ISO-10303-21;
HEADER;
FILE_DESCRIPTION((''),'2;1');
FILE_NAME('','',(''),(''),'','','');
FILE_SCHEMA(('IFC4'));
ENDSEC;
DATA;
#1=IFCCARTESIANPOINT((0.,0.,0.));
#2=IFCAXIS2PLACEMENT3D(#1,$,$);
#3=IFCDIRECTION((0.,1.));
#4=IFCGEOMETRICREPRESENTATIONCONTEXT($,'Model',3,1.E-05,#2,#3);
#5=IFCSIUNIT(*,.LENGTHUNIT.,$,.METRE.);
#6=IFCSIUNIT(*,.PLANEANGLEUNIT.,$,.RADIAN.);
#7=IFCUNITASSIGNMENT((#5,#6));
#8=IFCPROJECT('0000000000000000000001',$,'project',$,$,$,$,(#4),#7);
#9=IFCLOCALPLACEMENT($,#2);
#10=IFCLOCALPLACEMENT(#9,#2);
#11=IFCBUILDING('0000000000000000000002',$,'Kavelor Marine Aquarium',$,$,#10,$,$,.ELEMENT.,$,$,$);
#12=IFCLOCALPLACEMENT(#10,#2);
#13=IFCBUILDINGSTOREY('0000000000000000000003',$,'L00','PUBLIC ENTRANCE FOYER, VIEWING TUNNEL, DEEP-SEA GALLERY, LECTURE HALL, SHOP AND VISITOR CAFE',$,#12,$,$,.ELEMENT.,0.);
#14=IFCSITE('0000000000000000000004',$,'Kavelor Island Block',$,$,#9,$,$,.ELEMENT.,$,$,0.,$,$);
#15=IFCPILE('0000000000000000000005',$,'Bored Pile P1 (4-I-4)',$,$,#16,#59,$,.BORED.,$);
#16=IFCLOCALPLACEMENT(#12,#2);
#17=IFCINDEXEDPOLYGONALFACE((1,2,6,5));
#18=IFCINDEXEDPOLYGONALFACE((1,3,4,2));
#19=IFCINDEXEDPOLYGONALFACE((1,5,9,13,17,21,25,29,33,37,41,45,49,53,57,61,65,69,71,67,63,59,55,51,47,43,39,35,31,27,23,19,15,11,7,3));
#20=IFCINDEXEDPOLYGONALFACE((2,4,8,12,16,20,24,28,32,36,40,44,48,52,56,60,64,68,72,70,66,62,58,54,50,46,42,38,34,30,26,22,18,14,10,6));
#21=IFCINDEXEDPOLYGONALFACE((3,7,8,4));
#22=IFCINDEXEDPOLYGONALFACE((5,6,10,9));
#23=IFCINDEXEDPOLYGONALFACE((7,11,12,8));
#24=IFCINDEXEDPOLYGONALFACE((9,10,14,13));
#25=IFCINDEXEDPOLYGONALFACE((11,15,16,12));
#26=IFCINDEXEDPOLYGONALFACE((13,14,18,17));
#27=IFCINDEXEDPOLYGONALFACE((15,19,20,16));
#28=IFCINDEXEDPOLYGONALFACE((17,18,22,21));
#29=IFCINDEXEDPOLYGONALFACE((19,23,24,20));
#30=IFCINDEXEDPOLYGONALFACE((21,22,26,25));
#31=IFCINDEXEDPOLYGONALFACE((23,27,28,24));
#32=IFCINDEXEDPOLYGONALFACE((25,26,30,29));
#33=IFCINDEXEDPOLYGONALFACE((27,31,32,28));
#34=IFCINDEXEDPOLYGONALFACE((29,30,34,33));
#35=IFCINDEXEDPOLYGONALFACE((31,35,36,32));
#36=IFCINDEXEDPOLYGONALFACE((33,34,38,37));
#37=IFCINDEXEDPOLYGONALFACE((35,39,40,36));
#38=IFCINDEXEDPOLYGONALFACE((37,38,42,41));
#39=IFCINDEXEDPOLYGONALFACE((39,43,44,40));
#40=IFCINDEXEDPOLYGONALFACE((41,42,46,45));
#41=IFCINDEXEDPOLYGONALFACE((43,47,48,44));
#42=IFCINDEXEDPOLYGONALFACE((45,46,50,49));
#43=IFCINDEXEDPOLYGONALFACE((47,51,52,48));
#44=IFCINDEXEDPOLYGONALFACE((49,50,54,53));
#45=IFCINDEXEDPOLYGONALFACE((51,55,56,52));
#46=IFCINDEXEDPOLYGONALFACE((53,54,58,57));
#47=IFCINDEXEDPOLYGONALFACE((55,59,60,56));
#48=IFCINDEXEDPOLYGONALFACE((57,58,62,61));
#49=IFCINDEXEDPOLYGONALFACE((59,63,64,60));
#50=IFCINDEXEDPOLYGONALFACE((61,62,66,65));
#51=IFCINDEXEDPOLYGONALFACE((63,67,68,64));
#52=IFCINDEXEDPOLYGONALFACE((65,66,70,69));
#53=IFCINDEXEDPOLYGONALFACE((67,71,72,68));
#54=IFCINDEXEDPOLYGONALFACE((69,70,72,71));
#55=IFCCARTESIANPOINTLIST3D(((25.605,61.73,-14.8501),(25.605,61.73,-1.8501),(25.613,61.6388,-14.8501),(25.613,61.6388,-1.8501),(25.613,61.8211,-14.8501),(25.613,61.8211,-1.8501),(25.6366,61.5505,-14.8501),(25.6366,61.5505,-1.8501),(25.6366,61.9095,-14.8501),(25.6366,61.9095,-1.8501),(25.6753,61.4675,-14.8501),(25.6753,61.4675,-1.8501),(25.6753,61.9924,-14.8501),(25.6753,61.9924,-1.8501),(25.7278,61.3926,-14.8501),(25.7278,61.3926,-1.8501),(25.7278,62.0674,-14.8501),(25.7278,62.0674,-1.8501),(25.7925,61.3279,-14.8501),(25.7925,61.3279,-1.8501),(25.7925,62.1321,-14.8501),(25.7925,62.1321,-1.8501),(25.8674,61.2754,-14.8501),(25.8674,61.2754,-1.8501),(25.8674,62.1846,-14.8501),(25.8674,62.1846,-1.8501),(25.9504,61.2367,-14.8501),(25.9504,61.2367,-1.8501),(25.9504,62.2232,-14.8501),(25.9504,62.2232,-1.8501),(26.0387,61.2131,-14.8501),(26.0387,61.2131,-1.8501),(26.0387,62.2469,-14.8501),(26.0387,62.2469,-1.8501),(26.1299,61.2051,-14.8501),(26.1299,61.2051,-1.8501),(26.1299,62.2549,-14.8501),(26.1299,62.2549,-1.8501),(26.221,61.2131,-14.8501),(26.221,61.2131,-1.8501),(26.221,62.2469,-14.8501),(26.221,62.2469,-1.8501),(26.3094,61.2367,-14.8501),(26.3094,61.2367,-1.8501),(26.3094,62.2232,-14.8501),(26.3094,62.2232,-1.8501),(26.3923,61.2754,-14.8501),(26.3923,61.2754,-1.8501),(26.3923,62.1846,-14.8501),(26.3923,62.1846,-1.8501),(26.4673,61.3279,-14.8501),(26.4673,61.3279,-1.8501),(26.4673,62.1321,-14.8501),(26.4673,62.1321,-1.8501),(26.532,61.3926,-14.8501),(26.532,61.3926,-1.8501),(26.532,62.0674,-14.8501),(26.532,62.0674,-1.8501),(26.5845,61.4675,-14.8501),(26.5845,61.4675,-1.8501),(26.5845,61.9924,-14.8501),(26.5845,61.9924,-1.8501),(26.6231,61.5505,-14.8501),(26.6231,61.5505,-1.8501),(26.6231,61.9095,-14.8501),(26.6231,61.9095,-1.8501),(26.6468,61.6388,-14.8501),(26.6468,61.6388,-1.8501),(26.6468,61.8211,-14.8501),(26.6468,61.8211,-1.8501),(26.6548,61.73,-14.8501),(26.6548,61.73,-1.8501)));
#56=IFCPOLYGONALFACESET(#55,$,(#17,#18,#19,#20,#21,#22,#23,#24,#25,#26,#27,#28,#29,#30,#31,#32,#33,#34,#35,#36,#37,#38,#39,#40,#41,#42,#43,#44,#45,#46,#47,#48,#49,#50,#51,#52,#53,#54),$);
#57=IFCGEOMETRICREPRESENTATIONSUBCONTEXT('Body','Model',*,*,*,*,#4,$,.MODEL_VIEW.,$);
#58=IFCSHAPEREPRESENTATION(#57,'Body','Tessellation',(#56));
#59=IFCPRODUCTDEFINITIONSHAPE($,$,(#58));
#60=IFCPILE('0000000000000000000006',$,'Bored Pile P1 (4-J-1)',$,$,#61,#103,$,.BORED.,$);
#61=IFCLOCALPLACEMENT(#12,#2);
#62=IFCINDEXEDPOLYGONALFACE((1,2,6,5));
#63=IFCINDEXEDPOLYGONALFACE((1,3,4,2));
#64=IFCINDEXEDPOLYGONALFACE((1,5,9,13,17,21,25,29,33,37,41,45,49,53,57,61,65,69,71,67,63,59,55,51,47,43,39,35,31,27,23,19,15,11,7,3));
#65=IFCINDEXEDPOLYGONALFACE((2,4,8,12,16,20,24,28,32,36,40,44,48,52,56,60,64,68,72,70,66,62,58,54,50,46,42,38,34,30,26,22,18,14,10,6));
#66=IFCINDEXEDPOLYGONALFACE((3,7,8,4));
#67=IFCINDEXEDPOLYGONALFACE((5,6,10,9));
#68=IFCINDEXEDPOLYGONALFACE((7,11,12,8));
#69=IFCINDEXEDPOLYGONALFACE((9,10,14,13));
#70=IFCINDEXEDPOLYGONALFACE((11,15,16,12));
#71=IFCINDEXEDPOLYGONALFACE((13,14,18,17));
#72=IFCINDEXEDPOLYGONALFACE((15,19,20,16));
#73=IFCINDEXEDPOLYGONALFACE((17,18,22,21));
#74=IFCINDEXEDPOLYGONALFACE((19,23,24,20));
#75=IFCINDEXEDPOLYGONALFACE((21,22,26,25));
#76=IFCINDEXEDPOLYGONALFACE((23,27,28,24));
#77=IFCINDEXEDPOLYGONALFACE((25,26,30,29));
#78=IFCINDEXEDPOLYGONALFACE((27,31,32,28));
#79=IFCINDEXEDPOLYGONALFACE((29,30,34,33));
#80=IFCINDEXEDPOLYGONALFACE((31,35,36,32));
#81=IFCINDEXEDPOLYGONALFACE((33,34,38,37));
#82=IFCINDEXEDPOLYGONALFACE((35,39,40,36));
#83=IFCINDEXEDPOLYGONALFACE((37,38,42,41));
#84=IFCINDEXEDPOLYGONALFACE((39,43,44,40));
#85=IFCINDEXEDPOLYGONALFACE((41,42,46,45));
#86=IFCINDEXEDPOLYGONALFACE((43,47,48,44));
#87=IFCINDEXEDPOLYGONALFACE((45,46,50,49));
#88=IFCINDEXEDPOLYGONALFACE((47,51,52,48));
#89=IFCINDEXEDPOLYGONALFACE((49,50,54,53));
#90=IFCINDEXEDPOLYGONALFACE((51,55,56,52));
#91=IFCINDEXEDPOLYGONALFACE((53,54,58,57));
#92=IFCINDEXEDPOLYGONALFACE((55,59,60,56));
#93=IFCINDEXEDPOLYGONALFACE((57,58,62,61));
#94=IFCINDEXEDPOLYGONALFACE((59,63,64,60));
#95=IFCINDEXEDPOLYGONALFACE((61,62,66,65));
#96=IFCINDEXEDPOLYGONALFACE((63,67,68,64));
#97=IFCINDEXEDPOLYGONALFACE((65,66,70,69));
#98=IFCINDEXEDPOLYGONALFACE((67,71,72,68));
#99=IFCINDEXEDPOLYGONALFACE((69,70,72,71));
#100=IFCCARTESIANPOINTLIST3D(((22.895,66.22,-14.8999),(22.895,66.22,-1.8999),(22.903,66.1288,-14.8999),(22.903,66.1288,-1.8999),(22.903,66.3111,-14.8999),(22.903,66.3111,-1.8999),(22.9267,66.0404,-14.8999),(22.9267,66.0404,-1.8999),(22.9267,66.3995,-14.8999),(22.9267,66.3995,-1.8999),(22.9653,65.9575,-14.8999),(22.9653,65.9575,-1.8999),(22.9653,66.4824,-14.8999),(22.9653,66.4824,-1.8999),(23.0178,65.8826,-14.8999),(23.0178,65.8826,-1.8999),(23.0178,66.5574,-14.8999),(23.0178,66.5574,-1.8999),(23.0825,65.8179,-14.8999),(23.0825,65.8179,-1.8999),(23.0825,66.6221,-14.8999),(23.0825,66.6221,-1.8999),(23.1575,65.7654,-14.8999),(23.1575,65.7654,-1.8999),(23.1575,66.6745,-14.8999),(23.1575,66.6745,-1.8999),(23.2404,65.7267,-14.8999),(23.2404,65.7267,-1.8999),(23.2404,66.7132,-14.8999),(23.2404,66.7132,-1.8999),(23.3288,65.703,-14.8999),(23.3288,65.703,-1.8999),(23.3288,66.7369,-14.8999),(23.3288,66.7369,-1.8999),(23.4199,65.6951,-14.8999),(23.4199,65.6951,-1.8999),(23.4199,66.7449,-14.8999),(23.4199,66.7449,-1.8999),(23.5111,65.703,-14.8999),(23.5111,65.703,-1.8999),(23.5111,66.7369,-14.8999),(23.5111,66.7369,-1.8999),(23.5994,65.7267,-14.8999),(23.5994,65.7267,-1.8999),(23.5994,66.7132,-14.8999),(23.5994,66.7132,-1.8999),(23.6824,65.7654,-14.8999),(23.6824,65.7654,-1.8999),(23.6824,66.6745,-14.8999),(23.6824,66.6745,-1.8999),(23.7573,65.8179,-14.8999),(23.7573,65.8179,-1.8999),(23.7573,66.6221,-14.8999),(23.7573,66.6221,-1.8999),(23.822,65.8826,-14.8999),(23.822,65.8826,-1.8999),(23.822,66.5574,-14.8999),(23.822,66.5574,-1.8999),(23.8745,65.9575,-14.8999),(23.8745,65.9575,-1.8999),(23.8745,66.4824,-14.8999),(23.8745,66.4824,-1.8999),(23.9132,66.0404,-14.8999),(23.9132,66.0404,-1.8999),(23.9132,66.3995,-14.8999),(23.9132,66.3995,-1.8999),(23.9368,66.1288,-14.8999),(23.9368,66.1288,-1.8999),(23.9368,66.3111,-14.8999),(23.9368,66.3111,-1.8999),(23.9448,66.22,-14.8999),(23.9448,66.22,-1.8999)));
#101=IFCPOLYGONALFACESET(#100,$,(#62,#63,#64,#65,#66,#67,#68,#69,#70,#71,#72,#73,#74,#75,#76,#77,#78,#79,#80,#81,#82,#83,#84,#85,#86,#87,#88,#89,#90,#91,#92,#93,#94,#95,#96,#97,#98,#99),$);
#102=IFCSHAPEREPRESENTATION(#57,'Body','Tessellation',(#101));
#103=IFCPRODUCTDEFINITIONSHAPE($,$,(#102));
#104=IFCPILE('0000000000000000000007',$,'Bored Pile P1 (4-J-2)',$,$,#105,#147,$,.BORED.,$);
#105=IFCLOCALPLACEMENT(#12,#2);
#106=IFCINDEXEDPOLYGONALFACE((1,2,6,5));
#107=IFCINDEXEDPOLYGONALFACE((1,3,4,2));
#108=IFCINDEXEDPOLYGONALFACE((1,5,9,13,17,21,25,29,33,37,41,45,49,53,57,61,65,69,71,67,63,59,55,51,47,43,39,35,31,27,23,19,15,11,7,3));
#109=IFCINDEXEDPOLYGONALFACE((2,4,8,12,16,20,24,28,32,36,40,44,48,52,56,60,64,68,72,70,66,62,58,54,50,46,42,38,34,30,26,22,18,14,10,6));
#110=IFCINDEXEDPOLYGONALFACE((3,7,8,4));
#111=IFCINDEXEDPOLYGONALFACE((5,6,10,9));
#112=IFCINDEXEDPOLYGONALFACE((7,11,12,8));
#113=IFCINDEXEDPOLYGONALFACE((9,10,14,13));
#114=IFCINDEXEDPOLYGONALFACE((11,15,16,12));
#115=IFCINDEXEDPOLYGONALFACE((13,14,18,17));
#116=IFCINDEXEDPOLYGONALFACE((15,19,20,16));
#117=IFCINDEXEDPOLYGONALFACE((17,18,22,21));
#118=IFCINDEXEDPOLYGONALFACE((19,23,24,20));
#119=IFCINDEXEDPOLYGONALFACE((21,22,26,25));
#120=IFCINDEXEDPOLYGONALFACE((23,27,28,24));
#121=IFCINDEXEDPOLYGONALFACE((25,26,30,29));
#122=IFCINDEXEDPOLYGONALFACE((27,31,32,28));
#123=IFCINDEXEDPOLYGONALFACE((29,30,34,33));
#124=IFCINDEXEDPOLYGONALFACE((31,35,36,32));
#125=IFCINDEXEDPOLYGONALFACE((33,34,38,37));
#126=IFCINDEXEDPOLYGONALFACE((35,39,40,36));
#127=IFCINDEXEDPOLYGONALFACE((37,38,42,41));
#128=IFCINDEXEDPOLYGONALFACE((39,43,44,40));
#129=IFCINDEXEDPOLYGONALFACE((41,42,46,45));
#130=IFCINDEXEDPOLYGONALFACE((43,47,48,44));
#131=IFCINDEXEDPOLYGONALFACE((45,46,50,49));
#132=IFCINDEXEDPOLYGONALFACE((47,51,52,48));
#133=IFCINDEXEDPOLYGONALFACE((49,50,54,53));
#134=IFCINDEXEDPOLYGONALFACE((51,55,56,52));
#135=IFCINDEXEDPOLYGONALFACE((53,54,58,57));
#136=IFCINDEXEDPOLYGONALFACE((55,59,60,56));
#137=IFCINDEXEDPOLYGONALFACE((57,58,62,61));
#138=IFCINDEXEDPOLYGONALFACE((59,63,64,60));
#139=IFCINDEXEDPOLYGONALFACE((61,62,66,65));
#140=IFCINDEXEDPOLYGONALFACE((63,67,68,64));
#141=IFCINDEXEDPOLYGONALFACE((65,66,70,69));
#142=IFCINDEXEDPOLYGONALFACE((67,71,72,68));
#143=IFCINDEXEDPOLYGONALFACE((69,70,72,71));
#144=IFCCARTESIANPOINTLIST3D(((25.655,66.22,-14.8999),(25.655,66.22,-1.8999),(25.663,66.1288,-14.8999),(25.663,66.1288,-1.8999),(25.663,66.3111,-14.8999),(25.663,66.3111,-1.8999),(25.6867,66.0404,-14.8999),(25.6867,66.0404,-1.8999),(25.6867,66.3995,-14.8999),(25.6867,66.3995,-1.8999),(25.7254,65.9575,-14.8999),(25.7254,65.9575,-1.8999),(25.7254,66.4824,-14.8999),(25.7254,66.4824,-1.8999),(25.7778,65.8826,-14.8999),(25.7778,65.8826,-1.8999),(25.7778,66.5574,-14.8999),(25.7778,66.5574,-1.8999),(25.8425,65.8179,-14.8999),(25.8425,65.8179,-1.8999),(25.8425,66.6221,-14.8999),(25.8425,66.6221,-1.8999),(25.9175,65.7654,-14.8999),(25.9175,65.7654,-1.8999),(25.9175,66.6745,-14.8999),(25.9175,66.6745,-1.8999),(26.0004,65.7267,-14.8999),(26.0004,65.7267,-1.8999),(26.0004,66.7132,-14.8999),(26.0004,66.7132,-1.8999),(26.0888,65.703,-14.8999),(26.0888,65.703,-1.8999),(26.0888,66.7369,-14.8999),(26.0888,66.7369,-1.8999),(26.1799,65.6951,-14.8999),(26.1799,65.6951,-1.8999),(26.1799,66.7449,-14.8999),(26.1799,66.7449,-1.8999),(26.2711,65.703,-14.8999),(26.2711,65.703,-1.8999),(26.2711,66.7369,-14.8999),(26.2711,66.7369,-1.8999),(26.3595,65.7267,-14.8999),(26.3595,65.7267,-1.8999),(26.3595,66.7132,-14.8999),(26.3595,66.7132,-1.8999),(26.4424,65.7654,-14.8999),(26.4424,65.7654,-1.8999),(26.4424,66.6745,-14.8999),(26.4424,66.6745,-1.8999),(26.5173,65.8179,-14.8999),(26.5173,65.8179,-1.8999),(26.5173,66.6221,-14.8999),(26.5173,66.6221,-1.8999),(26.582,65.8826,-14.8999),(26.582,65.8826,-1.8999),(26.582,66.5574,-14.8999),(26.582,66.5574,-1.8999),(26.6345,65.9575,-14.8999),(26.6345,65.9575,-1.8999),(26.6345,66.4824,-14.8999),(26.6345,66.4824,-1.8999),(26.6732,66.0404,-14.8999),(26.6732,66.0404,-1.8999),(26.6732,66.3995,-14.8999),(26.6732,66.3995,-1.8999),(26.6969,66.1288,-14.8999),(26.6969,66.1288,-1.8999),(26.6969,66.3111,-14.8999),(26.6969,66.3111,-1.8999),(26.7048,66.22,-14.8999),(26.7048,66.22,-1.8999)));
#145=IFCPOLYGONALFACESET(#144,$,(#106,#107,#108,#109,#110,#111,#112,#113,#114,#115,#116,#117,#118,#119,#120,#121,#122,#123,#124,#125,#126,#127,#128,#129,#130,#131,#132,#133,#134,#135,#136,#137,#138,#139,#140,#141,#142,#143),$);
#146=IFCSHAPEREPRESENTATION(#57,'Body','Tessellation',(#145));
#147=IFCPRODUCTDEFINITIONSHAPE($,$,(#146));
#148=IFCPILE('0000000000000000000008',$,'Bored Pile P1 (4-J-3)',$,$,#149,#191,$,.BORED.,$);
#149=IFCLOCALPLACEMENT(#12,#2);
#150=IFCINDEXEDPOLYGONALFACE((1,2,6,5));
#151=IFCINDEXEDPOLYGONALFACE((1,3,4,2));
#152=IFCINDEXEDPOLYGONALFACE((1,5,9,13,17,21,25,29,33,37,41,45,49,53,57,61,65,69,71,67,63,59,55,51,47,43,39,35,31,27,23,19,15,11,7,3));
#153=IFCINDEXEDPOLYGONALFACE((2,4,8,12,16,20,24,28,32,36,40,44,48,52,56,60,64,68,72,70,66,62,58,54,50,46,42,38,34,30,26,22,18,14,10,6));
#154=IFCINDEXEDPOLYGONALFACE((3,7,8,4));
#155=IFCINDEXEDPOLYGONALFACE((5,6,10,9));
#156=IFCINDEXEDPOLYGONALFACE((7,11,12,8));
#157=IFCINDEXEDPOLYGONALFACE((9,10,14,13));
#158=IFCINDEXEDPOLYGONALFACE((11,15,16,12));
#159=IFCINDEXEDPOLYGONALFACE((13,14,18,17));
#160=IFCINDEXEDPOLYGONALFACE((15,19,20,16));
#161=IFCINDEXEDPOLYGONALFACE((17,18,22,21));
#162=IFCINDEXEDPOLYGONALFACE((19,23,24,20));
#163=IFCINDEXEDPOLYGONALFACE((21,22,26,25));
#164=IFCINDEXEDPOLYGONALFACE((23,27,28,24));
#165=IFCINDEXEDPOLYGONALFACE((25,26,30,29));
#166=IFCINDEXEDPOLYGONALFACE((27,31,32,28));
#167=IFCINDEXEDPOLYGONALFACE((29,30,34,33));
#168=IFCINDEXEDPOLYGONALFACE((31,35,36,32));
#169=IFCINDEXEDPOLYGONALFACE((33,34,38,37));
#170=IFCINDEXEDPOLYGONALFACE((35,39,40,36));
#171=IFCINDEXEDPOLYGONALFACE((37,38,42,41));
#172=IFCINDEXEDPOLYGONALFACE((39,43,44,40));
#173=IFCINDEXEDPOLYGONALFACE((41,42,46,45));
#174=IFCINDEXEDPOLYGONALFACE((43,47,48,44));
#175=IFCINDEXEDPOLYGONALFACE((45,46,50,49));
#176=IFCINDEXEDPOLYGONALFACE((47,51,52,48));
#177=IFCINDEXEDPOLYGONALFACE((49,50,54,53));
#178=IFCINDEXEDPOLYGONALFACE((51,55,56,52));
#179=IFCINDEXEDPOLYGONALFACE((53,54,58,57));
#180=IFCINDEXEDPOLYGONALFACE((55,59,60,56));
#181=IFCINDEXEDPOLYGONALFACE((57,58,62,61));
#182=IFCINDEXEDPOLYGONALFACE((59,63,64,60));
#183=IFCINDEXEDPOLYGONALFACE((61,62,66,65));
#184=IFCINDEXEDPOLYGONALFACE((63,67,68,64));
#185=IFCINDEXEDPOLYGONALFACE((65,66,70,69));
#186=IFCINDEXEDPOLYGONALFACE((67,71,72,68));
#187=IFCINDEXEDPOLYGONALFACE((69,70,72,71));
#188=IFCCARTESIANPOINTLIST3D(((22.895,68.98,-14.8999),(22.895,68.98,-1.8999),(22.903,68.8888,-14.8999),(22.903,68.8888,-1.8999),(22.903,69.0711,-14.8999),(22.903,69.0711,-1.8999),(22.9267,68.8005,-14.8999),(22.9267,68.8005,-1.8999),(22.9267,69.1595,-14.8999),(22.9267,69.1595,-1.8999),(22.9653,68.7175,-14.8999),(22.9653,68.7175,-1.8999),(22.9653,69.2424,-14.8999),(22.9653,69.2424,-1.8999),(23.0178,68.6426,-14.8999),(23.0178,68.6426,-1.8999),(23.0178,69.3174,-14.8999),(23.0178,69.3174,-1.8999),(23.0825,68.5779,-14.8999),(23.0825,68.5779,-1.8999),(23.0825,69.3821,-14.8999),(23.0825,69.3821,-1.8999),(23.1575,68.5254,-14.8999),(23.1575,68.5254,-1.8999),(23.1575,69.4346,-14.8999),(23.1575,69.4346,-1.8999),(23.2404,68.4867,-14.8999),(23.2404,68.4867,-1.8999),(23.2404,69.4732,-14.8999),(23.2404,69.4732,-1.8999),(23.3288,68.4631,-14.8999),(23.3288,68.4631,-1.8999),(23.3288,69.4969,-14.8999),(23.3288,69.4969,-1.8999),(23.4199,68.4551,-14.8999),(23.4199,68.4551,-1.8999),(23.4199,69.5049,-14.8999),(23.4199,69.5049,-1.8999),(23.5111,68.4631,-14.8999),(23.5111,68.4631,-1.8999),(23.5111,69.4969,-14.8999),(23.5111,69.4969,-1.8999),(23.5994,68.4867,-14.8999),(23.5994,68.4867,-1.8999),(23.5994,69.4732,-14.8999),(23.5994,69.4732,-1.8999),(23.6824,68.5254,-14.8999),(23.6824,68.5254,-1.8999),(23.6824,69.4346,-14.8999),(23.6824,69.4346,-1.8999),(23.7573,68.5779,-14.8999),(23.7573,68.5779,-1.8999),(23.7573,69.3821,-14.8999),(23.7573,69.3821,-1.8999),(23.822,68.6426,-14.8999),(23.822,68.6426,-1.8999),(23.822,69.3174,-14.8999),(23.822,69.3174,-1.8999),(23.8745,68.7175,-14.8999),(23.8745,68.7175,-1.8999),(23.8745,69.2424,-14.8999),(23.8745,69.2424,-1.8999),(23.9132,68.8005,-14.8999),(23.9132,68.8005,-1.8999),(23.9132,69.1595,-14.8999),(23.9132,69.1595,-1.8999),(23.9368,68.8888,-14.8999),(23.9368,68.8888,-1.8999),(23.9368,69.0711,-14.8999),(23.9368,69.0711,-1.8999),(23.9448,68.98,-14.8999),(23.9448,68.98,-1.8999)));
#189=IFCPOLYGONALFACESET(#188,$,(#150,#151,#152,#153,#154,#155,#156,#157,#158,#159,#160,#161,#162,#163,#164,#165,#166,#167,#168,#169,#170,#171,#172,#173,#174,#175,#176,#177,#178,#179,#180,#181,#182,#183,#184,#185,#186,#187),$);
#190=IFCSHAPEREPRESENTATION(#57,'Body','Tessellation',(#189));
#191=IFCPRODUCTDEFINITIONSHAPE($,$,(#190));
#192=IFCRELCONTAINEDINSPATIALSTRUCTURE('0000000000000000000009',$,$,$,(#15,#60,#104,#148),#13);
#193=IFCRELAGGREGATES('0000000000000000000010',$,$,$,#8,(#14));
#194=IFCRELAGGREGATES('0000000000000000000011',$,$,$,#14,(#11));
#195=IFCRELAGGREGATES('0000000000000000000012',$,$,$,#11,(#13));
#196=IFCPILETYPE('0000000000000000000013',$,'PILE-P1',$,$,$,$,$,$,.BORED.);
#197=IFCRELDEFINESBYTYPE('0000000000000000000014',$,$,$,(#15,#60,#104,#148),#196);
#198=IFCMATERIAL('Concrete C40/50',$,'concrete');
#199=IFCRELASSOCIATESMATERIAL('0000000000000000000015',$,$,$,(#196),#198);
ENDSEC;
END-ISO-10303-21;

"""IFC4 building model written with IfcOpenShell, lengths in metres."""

from ifc_helpers import new_model, si_unit, direction, frame, origin, origin_2d, place, context, subcontext, project, spatial, circle, extrude, material, material_profile, profile_set, type_object, element, save


model = new_model("IFC4")

# Units and contexts
model_context = context("Model", 3, precision=1e-05, world=origin(), true_north=direction((0.0, 1.0)))
body_context = subcontext(model_context, "Body", "Model", "MODEL_VIEW")
ifc_project = project(units=[si_unit("LENGTHUNIT", "METRE"), si_unit("PLANEANGLEUNIT", "RADIAN")], contexts=[model_context])

# Site, building, storey
site_placement = place(None, origin())
site = spatial("IfcSite", under=ifc_project, at=site_placement, Name="Kavelor Island Block", CompositionType="ELEMENT", RefElevation=0.0)
building_placement = place(site_placement, origin())
building = spatial("IfcBuilding", under=site, at=building_placement, Name="Kavelor Marine Aquarium", CompositionType="ELEMENT")
storey_placement = place(building_placement, origin())
storey = spatial("IfcBuildingStorey", under=building, at=storey_placement, Name="L00", Description="PUBLIC ENTRANCE FOYER, VIEWING TUNNEL, DEEP-SEA GALLERY, LECTURE HALL, SHOP AND VISITOR CAFE", CompositionType="ELEMENT", Elevation=0.0)

# Piles
ifc_material_1 = material(Name="Concrete C40/50", Category="concrete")
ifc_material_profile_1 = material_profile(ifc_material_1, circle(Radius=0.5249, at=origin_2d()), Name="PILE D1050")
ifc_profile_set_1 = profile_set([ifc_material_profile_1], Name="Concrete C40/50")
pile_type = type_object("IfcPileType", Name="PILE-P1", PredefinedType="BORED", material=ifc_profile_set_1)
for number, where, z_axis, x_axis, name in (
    (1, (26.1299, 61.73, -1.8501), (0.0, 0.0, -1.0), (1.0, 0.0, 0.0), "Bored Pile P1 (4-I-4)"),
    (2, (23.4199, 66.22, -1.8999), (0.0, 0.0, -1.0), (1.0, 0.0, 0.0), "Bored Pile P1 (4-J-1)"),
    (3, (26.1799, 66.22, -1.8999), (0.0, 0.0, -1.0), (1.0, 0.0, 0.0), "Bored Pile P1 (4-J-2)"),
    (4, (23.4199, 68.98, -1.8999), (0.0, 0.0, -1.0), (1.0, 0.0, 0.0), "Bored Pile P1 (4-J-3)"),
):
    element("IfcPile", number, at=place(storey_placement, frame(where, z_axis=z_axis, x_axis=x_axis)), inside=storey, type_object=pile_type, Name=name, PredefinedType="BORED", context=body_context, shape_type="SweptSolid", body=[
        extrude(circle(Radius=0.5249, at=origin_2d()), origin(), (0.0, 0.0, 1.0), 13.0),
    ])

save(model, "model.ifc")
